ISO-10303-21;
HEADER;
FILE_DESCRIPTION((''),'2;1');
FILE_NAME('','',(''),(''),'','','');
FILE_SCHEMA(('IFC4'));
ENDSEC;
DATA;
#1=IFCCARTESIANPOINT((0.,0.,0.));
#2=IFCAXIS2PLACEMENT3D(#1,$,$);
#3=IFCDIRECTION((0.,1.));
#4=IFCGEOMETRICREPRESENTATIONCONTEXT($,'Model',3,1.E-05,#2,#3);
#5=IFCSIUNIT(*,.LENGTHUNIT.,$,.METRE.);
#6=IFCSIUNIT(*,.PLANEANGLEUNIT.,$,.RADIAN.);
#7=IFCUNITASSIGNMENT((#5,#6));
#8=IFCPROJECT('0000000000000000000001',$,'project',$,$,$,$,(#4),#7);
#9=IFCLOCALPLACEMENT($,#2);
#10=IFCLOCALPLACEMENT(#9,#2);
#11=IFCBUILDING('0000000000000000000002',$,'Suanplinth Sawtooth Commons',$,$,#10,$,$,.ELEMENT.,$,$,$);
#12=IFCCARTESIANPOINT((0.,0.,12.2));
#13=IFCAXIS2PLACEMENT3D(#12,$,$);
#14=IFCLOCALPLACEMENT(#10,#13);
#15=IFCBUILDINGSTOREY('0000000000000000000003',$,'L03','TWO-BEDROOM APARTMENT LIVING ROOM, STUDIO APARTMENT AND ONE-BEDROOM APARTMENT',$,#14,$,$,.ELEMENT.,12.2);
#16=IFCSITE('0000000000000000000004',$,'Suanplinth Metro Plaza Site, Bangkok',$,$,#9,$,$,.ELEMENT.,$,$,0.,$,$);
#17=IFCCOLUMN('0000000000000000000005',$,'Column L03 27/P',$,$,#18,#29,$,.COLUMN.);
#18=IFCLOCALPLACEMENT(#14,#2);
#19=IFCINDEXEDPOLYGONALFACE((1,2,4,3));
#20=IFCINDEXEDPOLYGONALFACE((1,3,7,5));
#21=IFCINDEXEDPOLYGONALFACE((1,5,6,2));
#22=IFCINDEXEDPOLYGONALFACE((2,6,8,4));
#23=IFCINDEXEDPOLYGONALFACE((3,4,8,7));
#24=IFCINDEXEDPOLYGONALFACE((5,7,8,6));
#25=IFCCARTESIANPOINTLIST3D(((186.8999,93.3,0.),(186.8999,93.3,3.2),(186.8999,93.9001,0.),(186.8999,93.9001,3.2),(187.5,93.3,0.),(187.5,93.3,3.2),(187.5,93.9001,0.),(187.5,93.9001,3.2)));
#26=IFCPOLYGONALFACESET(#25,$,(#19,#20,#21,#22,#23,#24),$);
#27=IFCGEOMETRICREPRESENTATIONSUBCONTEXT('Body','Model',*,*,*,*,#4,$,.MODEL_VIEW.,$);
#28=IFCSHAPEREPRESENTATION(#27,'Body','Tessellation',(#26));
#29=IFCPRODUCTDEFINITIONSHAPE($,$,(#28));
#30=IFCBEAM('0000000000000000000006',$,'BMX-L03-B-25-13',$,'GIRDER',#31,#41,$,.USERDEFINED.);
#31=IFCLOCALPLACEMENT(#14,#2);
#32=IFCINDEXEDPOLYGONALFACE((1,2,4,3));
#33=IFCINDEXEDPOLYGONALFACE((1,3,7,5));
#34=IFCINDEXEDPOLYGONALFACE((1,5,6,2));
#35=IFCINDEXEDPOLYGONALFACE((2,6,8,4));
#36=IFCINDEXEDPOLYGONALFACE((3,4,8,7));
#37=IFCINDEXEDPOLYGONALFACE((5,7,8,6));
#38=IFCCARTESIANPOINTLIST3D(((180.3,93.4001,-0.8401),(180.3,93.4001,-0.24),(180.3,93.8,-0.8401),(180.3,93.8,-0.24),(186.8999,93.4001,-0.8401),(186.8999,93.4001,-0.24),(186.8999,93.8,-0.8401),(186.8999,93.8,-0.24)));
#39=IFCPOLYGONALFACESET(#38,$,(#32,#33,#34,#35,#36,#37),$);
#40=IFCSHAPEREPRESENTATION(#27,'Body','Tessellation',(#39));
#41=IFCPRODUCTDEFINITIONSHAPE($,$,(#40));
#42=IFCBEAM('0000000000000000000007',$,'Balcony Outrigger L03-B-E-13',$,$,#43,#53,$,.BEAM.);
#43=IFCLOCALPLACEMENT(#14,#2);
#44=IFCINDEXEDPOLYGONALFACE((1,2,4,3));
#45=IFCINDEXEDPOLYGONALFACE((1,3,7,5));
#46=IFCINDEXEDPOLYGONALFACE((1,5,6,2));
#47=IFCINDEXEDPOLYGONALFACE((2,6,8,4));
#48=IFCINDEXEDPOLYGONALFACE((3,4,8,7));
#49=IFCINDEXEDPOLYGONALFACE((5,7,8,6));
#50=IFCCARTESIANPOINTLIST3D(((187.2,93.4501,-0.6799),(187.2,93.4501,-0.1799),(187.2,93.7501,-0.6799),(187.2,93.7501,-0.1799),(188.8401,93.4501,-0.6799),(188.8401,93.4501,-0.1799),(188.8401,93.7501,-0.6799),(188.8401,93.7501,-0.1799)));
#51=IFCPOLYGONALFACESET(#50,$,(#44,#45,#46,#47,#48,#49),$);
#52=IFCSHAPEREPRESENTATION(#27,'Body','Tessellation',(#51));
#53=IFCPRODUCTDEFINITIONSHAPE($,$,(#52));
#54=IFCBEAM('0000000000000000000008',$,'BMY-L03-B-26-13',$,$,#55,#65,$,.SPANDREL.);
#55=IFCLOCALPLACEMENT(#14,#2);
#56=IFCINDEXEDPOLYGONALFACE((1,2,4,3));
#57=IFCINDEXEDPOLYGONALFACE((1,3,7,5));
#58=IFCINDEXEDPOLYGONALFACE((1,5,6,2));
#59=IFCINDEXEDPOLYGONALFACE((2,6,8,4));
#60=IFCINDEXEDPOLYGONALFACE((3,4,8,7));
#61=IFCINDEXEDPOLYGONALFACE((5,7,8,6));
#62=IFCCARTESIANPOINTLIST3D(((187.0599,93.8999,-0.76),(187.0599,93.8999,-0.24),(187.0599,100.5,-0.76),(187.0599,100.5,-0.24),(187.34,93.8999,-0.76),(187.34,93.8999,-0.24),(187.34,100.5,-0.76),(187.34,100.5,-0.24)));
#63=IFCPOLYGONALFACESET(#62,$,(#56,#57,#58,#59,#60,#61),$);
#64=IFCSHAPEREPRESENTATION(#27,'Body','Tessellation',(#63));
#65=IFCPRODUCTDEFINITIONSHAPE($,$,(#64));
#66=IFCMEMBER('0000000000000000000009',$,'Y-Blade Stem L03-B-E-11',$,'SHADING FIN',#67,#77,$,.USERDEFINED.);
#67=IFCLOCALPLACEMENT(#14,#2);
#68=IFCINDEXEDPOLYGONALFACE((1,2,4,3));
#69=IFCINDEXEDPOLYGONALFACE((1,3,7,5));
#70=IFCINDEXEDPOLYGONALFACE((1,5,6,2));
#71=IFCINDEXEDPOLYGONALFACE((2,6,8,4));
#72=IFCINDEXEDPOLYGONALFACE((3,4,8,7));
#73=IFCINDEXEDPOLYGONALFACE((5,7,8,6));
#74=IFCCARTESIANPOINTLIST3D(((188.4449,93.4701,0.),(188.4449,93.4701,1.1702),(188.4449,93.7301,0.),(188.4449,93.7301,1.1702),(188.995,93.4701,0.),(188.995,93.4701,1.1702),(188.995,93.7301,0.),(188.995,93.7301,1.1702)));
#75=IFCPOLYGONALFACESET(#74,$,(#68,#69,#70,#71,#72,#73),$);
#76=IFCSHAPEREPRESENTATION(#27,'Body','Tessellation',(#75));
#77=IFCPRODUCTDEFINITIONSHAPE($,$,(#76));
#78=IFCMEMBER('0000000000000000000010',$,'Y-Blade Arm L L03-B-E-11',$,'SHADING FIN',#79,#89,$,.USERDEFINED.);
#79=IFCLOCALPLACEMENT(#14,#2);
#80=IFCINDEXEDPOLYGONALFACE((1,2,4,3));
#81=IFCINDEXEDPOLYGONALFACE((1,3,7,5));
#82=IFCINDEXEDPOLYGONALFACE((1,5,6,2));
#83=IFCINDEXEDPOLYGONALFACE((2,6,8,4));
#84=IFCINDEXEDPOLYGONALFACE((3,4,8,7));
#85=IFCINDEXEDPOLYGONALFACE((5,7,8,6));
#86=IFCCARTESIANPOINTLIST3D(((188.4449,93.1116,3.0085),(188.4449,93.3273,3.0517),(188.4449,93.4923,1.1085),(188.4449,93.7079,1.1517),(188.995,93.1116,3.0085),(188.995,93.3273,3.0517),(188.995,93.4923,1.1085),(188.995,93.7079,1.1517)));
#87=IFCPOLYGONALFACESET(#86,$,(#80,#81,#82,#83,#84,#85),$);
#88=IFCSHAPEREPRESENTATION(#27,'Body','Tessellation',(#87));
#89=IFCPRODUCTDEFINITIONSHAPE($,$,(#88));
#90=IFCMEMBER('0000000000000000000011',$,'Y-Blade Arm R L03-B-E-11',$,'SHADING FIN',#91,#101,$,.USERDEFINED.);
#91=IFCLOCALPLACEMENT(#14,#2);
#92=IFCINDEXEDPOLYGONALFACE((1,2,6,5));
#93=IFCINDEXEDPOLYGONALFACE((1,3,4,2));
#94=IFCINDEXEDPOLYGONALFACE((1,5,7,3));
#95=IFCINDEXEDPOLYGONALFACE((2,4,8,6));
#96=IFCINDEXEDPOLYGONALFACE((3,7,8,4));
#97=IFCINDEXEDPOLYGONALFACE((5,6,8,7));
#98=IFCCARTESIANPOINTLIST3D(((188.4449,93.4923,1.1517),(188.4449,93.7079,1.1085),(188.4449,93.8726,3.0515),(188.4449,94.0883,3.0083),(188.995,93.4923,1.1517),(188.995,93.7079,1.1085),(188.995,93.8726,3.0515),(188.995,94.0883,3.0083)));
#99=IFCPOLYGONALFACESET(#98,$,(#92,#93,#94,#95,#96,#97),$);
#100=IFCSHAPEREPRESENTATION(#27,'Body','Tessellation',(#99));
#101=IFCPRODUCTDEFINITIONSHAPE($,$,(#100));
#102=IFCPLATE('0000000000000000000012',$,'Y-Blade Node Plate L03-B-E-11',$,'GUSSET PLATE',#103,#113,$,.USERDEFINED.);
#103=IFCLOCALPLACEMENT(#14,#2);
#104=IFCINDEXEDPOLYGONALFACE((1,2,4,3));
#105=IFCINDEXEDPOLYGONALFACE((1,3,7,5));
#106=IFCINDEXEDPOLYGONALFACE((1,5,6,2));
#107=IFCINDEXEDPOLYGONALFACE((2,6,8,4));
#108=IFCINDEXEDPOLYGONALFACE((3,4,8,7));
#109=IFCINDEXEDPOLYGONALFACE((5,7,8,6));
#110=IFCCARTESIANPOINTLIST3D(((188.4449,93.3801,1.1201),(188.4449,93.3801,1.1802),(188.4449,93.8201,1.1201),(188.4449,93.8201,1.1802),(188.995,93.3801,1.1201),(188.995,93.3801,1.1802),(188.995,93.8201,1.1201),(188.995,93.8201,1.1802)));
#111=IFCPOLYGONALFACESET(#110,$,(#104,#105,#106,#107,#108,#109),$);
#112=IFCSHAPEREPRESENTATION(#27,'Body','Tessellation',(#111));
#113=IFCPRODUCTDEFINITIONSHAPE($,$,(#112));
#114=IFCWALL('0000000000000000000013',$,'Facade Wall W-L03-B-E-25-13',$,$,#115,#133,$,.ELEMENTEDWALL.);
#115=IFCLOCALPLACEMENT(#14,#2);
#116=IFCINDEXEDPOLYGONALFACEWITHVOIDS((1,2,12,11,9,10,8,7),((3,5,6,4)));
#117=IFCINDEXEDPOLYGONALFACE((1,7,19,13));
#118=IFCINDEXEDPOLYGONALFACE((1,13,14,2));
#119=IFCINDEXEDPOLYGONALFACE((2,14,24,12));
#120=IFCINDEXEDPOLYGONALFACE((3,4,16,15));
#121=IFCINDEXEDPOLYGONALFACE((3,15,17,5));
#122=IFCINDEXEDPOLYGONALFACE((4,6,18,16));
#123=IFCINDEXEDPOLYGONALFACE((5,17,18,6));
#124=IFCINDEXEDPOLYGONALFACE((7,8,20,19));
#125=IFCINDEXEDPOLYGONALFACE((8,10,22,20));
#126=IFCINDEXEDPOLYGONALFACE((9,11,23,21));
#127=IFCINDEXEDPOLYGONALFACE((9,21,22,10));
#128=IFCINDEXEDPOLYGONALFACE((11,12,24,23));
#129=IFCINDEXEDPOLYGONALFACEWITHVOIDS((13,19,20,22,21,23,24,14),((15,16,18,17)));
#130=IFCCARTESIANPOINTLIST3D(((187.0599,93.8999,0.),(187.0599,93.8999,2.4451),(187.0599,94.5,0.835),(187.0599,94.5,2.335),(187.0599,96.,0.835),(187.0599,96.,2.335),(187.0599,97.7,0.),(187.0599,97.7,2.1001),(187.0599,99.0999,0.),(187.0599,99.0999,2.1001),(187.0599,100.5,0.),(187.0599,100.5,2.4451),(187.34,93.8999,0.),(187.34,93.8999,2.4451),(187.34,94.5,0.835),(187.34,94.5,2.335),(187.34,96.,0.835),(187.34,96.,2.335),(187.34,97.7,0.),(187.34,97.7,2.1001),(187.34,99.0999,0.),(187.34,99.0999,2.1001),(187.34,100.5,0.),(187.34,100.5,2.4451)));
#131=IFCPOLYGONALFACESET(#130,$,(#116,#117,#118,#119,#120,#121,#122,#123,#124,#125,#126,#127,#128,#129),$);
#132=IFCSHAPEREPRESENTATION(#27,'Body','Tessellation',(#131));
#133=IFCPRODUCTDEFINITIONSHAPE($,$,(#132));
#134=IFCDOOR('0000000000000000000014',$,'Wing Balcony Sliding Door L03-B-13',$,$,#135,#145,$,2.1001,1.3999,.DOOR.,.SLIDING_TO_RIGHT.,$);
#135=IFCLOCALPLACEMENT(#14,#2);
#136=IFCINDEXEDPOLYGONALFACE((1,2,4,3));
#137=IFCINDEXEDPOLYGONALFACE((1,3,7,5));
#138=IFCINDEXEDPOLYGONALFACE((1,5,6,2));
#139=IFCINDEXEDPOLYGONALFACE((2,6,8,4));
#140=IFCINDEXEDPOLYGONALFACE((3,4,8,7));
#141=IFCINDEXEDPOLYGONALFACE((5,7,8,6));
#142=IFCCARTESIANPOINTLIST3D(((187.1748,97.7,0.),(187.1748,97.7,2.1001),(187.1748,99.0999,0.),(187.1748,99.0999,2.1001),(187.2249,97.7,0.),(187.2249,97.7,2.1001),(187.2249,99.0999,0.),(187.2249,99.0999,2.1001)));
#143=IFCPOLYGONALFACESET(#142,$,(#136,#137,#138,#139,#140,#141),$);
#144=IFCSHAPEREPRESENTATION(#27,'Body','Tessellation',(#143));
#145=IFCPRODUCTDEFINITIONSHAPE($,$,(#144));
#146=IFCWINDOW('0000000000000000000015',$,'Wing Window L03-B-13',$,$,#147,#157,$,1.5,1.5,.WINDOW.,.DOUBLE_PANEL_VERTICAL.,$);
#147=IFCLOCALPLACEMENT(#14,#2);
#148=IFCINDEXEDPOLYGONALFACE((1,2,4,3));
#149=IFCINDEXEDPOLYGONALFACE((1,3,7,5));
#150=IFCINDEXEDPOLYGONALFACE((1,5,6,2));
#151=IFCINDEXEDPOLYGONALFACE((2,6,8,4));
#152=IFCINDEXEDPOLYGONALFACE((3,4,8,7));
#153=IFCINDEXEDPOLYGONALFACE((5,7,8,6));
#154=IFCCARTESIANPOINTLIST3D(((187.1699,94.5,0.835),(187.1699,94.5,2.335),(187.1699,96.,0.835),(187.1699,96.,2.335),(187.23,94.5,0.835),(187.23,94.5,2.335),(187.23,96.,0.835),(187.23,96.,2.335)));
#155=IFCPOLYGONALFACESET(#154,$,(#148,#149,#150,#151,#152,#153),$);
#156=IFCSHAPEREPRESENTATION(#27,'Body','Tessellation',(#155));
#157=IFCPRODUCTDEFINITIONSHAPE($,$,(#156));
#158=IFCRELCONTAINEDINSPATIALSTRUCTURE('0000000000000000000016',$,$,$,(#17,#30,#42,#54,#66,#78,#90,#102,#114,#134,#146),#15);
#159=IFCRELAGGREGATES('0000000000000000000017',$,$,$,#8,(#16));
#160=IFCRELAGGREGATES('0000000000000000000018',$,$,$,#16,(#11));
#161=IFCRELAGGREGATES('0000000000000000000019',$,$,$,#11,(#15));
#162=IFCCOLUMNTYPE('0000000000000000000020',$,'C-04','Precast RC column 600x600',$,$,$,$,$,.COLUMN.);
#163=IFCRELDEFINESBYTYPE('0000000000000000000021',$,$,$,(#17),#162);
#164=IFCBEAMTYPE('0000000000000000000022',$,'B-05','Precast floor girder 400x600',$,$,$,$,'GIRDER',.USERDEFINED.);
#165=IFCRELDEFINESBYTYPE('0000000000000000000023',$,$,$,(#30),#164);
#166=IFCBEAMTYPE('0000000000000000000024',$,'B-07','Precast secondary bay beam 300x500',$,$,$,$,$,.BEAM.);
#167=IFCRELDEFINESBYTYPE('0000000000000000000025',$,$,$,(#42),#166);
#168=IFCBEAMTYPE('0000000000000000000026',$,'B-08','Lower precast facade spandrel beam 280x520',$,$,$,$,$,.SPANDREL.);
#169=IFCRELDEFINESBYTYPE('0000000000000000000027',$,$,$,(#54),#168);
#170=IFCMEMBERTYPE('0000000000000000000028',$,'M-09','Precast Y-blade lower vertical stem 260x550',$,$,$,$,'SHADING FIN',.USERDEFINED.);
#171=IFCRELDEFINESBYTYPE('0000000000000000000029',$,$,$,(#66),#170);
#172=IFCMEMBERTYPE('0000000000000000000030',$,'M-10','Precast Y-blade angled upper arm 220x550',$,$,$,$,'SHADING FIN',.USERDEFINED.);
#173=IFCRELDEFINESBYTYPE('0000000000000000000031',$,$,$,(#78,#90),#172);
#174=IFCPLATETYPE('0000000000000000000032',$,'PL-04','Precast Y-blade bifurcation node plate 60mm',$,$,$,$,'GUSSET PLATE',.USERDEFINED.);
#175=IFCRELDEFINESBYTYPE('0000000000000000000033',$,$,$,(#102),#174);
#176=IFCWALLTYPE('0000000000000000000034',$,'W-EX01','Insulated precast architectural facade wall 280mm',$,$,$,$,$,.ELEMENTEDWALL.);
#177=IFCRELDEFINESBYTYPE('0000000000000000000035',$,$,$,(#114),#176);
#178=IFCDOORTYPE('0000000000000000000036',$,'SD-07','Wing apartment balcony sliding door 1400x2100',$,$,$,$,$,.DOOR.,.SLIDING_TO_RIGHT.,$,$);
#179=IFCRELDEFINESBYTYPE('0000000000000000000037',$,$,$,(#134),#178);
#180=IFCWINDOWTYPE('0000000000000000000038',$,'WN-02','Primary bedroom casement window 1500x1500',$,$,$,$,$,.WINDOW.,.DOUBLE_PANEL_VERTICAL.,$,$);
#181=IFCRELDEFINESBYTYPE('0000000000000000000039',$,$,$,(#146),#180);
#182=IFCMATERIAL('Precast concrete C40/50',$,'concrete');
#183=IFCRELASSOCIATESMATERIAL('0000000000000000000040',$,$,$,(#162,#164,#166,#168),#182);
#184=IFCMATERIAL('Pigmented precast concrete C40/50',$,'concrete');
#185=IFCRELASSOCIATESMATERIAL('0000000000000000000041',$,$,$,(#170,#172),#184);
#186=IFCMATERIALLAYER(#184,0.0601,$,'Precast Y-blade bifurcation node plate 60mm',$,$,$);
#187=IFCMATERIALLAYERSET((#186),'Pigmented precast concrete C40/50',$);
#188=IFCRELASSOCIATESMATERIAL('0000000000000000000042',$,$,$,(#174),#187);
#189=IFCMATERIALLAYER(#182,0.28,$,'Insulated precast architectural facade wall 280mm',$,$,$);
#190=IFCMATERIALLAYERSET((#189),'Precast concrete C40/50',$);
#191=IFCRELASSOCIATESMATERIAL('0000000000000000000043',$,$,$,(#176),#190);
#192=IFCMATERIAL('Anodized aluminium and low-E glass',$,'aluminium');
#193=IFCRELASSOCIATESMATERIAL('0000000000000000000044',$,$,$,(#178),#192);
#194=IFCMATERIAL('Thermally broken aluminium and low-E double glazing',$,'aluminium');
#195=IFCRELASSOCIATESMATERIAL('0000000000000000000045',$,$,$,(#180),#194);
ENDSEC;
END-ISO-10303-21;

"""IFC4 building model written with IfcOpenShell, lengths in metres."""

from ifc_helpers import new_model, si_unit, direction, frame, frame_2d, origin, origin_2d, place, context, subcontext, project, spatial, rectangle, extrude, material, layer, layer_set, material_profile, profile_set, type_object, element, fill, save


model = new_model("IFC4")

# Units and contexts
model_context = context("Model", 3, precision=1e-05, world=origin(), true_north=direction((0.0, 1.0)))
body_context = subcontext(model_context, "Body", "Model", "MODEL_VIEW")
ifc_project = project(units=[si_unit("LENGTHUNIT", "METRE"), si_unit("PLANEANGLEUNIT", "RADIAN")], contexts=[model_context])

# Site, building, storey
site_placement = place(None, origin())
site = spatial("IfcSite", under=ifc_project, at=site_placement, Name="Suanplinth Metro Plaza Site, Bangkok", CompositionType="ELEMENT", RefElevation=0.0)
building_placement = place(site_placement, origin())
building = spatial("IfcBuilding", under=site, at=building_placement, Name="Suanplinth Sawtooth Commons", CompositionType="ELEMENT")
storey_placement = place(building_placement, frame((0.0, 0.0, 12.2)))
storey = spatial("IfcBuildingStorey", under=building, at=storey_placement, Name="L03", Description="TWO-BEDROOM APARTMENT LIVING ROOM, STUDIO APARTMENT AND ONE-BEDROOM APARTMENT", CompositionType="ELEMENT", Elevation=12.2)

# Column
ifc_material_1 = material(Name="Precast concrete C40/50", Category="concrete")
ifc_material_profile_1 = material_profile(ifc_material_1, rectangle(XDim=0.6001, YDim=0.6001, at=origin_2d()), Name="PC-COL 600x600")
ifc_profile_set_1 = profile_set([ifc_material_profile_1], Name="Precast concrete C40/50")
column_type = type_object("IfcColumnType", Name="C-04", Description="Precast RC column 600x600", PredefinedType="COLUMN", material=ifc_profile_set_1)
column_placement = place(storey_placement, frame((187.2, 93.6001, 0.0), z_axis=(0.0, 0.0, 1.0), x_axis=(1.0, 0.0, 0.0)))
element("IfcColumn", 1, at=column_placement, inside=storey, type_object=column_type, Name="Column L03 27/P", PredefinedType="COLUMN", context=body_context, shape_type="SweptSolid", body=[
    extrude(rectangle(XDim=0.6001, YDim=0.6001, at=origin_2d()), origin(), (0.0, 0.0, 1.0), 3.2),
])

# Beams
ifc_material_profile_2 = material_profile(ifc_material_1, rectangle(XDim=0.3999, YDim=0.6001, at=origin_2d()), Name="PC-GDR 400x600")
ifc_profile_set_2 = profile_set([ifc_material_profile_2], Name="Precast concrete C40/50")
beam_type_1 = type_object("IfcBeamType", Name="B-05", Description="Precast floor girder 400x600", ElementType="GIRDER", PredefinedType="USERDEFINED", material=ifc_profile_set_2)
beam_1_placement = place(storey_placement, frame((180.3, 93.6001, -0.54), z_axis=(1.0, 0.0, 0.0), x_axis=(0.0, 1.0, 0.0)))
element("IfcBeam", 2, at=beam_1_placement, inside=storey, type_object=beam_type_1, Name="BMX-L03-B-25-13", ObjectType="GIRDER", PredefinedType="USERDEFINED", context=body_context, shape_type="SweptSolid", body=[
    extrude(rectangle(XDim=0.3999, YDim=0.6001, at=origin_2d()), origin(), (0.0, 0.0, 1.0), 6.5999),
])
ifc_material_profile_3 = material_profile(ifc_material_1, rectangle(XDim=0.3, YDim=0.5, at=origin_2d()), Name="PC-BM 300x500")
ifc_profile_set_3 = profile_set([ifc_material_profile_3], Name="Precast concrete C40/50")
beam_type_2 = type_object("IfcBeamType", Name="B-07", Description="Precast secondary bay beam 300x500", PredefinedType="BEAM", material=ifc_profile_set_3)
beam_2_placement = place(storey_placement, frame((187.2, 93.6001, -0.4299), z_axis=(1.0, 0.0, 0.0), x_axis=(0.0, 1.0, 0.0)))
element("IfcBeam", 3, at=beam_2_placement, inside=storey, type_object=beam_type_2, Name="Balcony Outrigger L03-B-E-13", PredefinedType="BEAM", context=body_context, shape_type="SweptSolid", body=[
    extrude(rectangle(XDim=0.3, YDim=0.5, at=origin_2d()), origin(), (0.0, 0.0, 1.0), 1.6401),
])
ifc_material_profile_4 = material_profile(ifc_material_1, rectangle(XDim=0.28, YDim=0.52, at=origin_2d()), Name="PC-SP 280x520")
ifc_profile_set_4 = profile_set([ifc_material_profile_4], Name="Precast concrete C40/50")
beam_type_3 = type_object("IfcBeamType", Name="B-08", Description="Lower precast facade spandrel beam 280x520", PredefinedType="SPANDREL", material=ifc_profile_set_4)
beam_3_placement = place(storey_placement, frame((187.2, 93.8999, -0.5), z_axis=(0.0, 1.0, 0.0), x_axis=(-1.0, 0.0, 0.0)))
element("IfcBeam", 4, at=beam_3_placement, inside=storey, type_object=beam_type_3, Name="BMY-L03-B-26-13", PredefinedType="SPANDREL", context=body_context, shape_type="SweptSolid", body=[
    extrude(rectangle(XDim=0.28, YDim=0.52, at=origin_2d()), origin(), (0.0, 0.0, 1.0), 6.6001),
])

# Members
ifc_material_2 = material(Name="Pigmented precast concrete C40/50", Category="concrete")
ifc_material_profile_5 = material_profile(ifc_material_2, rectangle(XDim=0.26, YDim=0.55, at=origin_2d()), Name="PC-FIN 260x550")
ifc_profile_set_5 = profile_set([ifc_material_profile_5], Name="Pigmented precast concrete C40/50")
member_type_1 = type_object("IfcMemberType", Name="M-09", Description="Precast Y-blade lower vertical stem 260x550", ElementType="SHADING FIN", PredefinedType="USERDEFINED", material=ifc_profile_set_5)
member_1_placement = place(storey_placement, frame((188.72, 93.6001, 0.0), z_axis=(0.0, 0.0, 1.0), x_axis=(0.0, 1.0, 0.0)))
element("IfcMember", 5, at=member_1_placement, inside=storey, type_object=member_type_1, Name="Y-Blade Stem L03-B-E-11", ObjectType="SHADING FIN", PredefinedType="USERDEFINED", context=body_context, shape_type="SweptSolid", body=[
    extrude(rectangle(XDim=0.26, YDim=0.55, at=origin_2d()), origin(), (0.0, 0.0, 1.0), 1.1702),
])
ifc_material_profile_6 = material_profile(ifc_material_2, rectangle(XDim=0.22, YDim=0.55, at=origin_2d()), Name="PC-FIN 220x550")
ifc_profile_set_6 = profile_set([ifc_material_profile_6], Name="Pigmented precast concrete C40/50")
member_type_2 = type_object("IfcMemberType", Name="M-10", Description="Precast Y-blade angled upper arm 220x550", ElementType="SHADING FIN", PredefinedType="USERDEFINED", material=ifc_profile_set_6)
member_2_placement = place(storey_placement, frame((188.72, 93.6001, 1.1301), z_axis=(0.0, -0.196431, 0.980518), x_axis=(0.0, 0.980518, 0.196431)))
element("IfcMember", 6, at=member_2_placement, inside=storey, type_object=member_type_2, Name="Y-Blade Arm L L03-B-E-11", ObjectType="SHADING FIN", PredefinedType="USERDEFINED", context=body_context, shape_type="SweptSolid", body=[
    extrude(rectangle(XDim=0.22, YDim=0.55, at=origin_2d()), origin(), (0.0, 0.0, 1.0), 1.9377),
])
member_3_placement = place(storey_placement, frame((188.72, 93.6001, 1.1301), z_axis=(0.0, 0.19631, 0.980542), x_axis=(0.0, -0.980542, 0.19631)))
element("IfcMember", 7, at=member_3_placement, inside=storey, type_object=member_type_2, Name="Y-Blade Arm R L03-B-E-11", ObjectType="SHADING FIN", PredefinedType="USERDEFINED", context=body_context, shape_type="SweptSolid", body=[
    extrude(rectangle(XDim=0.22, YDim=0.55, at=origin_2d()), origin(), (0.0, 0.0, 1.0), 1.9375),
])

# Plate
ifc_layer_1 = layer(ifc_material_2, 0.0601, Name="Precast Y-blade bifurcation node plate 60mm")
ifc_layer_set_1 = layer_set([ifc_layer_1], Name="Pigmented precast concrete C40/50")
plate_type = type_object("IfcPlateType", Name="PL-04", Description="Precast Y-blade bifurcation node plate 60mm", ElementType="GUSSET PLATE", PredefinedType="USERDEFINED", material=ifc_layer_set_1)
plate_placement = place(storey_placement, frame((188.72, 93.6001, 1.1201), z_axis=(0.0, 0.0, 1.0), x_axis=(0.0, 1.0, 0.0)))
element("IfcPlate", 8, at=plate_placement, inside=storey, type_object=plate_type, Name="Y-Blade Node Plate L03-B-E-11", ObjectType="GUSSET PLATE", PredefinedType="USERDEFINED", context=body_context, shape_type="SweptSolid", body=[
    extrude(rectangle(XDim=0.4399, YDim=0.55, at=origin_2d()), origin(), (0.0, 0.0, 1.0), 0.0601),
])

# Wall, openings, door, window
ifc_layer_2 = layer(ifc_material_1, 0.28, Name="Insulated precast architectural facade wall 280mm")
ifc_layer_set_2 = layer_set([ifc_layer_2], Name="Precast concrete C40/50")
wall_type_1 = type_object("IfcWallType", Name="W-EX01", Description="Insulated precast architectural facade wall 280mm", PredefinedType="ELEMENTEDWALL", material=ifc_layer_set_2)
wall_1_placement = place(storey_placement, frame((187.2, 93.8999, 0.0), z_axis=(0.0, 0.0, 1.0), x_axis=(0.0, 1.0, 0.0)))
wall_1 = element("IfcWall", 9, at=wall_1_placement, inside=storey, type_object=wall_type_1, Name="Facade Wall W-L03-B-E-25-13", PredefinedType="ELEMENTEDWALL", context=body_context, shape_type="SweptSolid", body=[
    extrude(rectangle(XDim=6.6001, YDim=0.28, at=frame_2d((3.3, 0.0))), origin(), (0.0, 0.0, 1.0), 2.4451),
])
opening_1_placement = place(wall_1_placement, frame((3.8, 0.0, 0.0)))
opening_1 = element("IfcOpeningElement", 10, at=opening_1_placement, cuts=wall_1, PredefinedType="OPENING", context=body_context, shape_type="SweptSolid", body=[
    extrude(rectangle(XDim=1.3999, YDim=2.1001, at=frame_2d((0.7, 1.05))), frame((0.0, 0.1548, 0.0), z_axis=(0.0, -1.0, 0.0), x_axis=(1.0, 0.0, 0.0)), (0.0, 0.0, 1.0), 0.3098),
])
opening_2_placement = place(wall_1_placement, frame((0.6001, 0.0, 0.835)))
opening_2 = element("IfcOpeningElement", 11, at=opening_2_placement, cuts=wall_1, PredefinedType="OPENING", context=body_context, shape_type="SweptSolid", body=[
    extrude(rectangle(XDim=1.5, YDim=1.5, at=frame_2d((0.75, 0.75))), frame((0.0, 0.1548, 0.0), z_axis=(0.0, -1.0, 0.0), x_axis=(1.0, 0.0, 0.0)), (0.0, 0.0, 1.0), 0.3098),
])
ifc_material_3 = material(Name="Anodized aluminium and low-E glass", Category="aluminium")
door_type_1 = type_object("IfcDoorType", Name="SD-07", Description="Wing apartment balcony sliding door 1400x2100", OperationType="SLIDING_TO_RIGHT", PredefinedType="DOOR", material=ifc_material_3)
door_1_placement = place(opening_1_placement, frame((1.3999, 0.0, 0.0), z_axis=(0.0, 0.0, 1.0), x_axis=(-1.0, 0.0, 0.0)))
door_1 = element("IfcDoor", 12, at=door_1_placement, inside=storey, type_object=door_type_1, Name="Wing Balcony Sliding Door L03-B-13", OperationType="SLIDING_TO_RIGHT", OverallHeight=2.1001, OverallWidth=1.3999, PredefinedType="DOOR", context=body_context, shape_type="SweptSolid", body=[
    extrude(rectangle(XDim=1.3999, YDim=2.1001, at=frame_2d((0.7, 1.05))), frame((0.0, 0.0249, 0.0), z_axis=(0.0, -1.0, 0.0), x_axis=(1.0, 0.0, 0.0)), (0.0, 0.0, 1.0), 0.05),
])
fill(opening_1, door_1)
ifc_material_4 = material(Name="Thermally broken aluminium and low-E double glazing", Category="aluminium")
window_type = type_object("IfcWindowType", Name="WN-02", Description="Primary bedroom casement window 1500x1500", PartitioningType="DOUBLE_PANEL_VERTICAL", PredefinedType="WINDOW", material=ifc_material_4)
window_placement = place(opening_2_placement, origin())
window = element("IfcWindow", 13, at=window_placement, inside=storey, type_object=window_type, Name="Wing Window L03-B-13", OverallHeight=1.5, OverallWidth=1.5, PartitioningType="DOUBLE_PANEL_VERTICAL", PredefinedType="WINDOW", context=body_context, shape_type="SweptSolid", body=[
    extrude(rectangle(XDim=1.5, YDim=1.5, at=frame_2d((0.75, 0.75))), frame((0.0, 0.03, 0.0), z_axis=(0.0, -1.0, 0.0), x_axis=(1.0, 0.0, 0.0)), (0.0, 0.0, 1.0), 0.0601),
])
fill(opening_2, window)

save(model, "model.ifc")
